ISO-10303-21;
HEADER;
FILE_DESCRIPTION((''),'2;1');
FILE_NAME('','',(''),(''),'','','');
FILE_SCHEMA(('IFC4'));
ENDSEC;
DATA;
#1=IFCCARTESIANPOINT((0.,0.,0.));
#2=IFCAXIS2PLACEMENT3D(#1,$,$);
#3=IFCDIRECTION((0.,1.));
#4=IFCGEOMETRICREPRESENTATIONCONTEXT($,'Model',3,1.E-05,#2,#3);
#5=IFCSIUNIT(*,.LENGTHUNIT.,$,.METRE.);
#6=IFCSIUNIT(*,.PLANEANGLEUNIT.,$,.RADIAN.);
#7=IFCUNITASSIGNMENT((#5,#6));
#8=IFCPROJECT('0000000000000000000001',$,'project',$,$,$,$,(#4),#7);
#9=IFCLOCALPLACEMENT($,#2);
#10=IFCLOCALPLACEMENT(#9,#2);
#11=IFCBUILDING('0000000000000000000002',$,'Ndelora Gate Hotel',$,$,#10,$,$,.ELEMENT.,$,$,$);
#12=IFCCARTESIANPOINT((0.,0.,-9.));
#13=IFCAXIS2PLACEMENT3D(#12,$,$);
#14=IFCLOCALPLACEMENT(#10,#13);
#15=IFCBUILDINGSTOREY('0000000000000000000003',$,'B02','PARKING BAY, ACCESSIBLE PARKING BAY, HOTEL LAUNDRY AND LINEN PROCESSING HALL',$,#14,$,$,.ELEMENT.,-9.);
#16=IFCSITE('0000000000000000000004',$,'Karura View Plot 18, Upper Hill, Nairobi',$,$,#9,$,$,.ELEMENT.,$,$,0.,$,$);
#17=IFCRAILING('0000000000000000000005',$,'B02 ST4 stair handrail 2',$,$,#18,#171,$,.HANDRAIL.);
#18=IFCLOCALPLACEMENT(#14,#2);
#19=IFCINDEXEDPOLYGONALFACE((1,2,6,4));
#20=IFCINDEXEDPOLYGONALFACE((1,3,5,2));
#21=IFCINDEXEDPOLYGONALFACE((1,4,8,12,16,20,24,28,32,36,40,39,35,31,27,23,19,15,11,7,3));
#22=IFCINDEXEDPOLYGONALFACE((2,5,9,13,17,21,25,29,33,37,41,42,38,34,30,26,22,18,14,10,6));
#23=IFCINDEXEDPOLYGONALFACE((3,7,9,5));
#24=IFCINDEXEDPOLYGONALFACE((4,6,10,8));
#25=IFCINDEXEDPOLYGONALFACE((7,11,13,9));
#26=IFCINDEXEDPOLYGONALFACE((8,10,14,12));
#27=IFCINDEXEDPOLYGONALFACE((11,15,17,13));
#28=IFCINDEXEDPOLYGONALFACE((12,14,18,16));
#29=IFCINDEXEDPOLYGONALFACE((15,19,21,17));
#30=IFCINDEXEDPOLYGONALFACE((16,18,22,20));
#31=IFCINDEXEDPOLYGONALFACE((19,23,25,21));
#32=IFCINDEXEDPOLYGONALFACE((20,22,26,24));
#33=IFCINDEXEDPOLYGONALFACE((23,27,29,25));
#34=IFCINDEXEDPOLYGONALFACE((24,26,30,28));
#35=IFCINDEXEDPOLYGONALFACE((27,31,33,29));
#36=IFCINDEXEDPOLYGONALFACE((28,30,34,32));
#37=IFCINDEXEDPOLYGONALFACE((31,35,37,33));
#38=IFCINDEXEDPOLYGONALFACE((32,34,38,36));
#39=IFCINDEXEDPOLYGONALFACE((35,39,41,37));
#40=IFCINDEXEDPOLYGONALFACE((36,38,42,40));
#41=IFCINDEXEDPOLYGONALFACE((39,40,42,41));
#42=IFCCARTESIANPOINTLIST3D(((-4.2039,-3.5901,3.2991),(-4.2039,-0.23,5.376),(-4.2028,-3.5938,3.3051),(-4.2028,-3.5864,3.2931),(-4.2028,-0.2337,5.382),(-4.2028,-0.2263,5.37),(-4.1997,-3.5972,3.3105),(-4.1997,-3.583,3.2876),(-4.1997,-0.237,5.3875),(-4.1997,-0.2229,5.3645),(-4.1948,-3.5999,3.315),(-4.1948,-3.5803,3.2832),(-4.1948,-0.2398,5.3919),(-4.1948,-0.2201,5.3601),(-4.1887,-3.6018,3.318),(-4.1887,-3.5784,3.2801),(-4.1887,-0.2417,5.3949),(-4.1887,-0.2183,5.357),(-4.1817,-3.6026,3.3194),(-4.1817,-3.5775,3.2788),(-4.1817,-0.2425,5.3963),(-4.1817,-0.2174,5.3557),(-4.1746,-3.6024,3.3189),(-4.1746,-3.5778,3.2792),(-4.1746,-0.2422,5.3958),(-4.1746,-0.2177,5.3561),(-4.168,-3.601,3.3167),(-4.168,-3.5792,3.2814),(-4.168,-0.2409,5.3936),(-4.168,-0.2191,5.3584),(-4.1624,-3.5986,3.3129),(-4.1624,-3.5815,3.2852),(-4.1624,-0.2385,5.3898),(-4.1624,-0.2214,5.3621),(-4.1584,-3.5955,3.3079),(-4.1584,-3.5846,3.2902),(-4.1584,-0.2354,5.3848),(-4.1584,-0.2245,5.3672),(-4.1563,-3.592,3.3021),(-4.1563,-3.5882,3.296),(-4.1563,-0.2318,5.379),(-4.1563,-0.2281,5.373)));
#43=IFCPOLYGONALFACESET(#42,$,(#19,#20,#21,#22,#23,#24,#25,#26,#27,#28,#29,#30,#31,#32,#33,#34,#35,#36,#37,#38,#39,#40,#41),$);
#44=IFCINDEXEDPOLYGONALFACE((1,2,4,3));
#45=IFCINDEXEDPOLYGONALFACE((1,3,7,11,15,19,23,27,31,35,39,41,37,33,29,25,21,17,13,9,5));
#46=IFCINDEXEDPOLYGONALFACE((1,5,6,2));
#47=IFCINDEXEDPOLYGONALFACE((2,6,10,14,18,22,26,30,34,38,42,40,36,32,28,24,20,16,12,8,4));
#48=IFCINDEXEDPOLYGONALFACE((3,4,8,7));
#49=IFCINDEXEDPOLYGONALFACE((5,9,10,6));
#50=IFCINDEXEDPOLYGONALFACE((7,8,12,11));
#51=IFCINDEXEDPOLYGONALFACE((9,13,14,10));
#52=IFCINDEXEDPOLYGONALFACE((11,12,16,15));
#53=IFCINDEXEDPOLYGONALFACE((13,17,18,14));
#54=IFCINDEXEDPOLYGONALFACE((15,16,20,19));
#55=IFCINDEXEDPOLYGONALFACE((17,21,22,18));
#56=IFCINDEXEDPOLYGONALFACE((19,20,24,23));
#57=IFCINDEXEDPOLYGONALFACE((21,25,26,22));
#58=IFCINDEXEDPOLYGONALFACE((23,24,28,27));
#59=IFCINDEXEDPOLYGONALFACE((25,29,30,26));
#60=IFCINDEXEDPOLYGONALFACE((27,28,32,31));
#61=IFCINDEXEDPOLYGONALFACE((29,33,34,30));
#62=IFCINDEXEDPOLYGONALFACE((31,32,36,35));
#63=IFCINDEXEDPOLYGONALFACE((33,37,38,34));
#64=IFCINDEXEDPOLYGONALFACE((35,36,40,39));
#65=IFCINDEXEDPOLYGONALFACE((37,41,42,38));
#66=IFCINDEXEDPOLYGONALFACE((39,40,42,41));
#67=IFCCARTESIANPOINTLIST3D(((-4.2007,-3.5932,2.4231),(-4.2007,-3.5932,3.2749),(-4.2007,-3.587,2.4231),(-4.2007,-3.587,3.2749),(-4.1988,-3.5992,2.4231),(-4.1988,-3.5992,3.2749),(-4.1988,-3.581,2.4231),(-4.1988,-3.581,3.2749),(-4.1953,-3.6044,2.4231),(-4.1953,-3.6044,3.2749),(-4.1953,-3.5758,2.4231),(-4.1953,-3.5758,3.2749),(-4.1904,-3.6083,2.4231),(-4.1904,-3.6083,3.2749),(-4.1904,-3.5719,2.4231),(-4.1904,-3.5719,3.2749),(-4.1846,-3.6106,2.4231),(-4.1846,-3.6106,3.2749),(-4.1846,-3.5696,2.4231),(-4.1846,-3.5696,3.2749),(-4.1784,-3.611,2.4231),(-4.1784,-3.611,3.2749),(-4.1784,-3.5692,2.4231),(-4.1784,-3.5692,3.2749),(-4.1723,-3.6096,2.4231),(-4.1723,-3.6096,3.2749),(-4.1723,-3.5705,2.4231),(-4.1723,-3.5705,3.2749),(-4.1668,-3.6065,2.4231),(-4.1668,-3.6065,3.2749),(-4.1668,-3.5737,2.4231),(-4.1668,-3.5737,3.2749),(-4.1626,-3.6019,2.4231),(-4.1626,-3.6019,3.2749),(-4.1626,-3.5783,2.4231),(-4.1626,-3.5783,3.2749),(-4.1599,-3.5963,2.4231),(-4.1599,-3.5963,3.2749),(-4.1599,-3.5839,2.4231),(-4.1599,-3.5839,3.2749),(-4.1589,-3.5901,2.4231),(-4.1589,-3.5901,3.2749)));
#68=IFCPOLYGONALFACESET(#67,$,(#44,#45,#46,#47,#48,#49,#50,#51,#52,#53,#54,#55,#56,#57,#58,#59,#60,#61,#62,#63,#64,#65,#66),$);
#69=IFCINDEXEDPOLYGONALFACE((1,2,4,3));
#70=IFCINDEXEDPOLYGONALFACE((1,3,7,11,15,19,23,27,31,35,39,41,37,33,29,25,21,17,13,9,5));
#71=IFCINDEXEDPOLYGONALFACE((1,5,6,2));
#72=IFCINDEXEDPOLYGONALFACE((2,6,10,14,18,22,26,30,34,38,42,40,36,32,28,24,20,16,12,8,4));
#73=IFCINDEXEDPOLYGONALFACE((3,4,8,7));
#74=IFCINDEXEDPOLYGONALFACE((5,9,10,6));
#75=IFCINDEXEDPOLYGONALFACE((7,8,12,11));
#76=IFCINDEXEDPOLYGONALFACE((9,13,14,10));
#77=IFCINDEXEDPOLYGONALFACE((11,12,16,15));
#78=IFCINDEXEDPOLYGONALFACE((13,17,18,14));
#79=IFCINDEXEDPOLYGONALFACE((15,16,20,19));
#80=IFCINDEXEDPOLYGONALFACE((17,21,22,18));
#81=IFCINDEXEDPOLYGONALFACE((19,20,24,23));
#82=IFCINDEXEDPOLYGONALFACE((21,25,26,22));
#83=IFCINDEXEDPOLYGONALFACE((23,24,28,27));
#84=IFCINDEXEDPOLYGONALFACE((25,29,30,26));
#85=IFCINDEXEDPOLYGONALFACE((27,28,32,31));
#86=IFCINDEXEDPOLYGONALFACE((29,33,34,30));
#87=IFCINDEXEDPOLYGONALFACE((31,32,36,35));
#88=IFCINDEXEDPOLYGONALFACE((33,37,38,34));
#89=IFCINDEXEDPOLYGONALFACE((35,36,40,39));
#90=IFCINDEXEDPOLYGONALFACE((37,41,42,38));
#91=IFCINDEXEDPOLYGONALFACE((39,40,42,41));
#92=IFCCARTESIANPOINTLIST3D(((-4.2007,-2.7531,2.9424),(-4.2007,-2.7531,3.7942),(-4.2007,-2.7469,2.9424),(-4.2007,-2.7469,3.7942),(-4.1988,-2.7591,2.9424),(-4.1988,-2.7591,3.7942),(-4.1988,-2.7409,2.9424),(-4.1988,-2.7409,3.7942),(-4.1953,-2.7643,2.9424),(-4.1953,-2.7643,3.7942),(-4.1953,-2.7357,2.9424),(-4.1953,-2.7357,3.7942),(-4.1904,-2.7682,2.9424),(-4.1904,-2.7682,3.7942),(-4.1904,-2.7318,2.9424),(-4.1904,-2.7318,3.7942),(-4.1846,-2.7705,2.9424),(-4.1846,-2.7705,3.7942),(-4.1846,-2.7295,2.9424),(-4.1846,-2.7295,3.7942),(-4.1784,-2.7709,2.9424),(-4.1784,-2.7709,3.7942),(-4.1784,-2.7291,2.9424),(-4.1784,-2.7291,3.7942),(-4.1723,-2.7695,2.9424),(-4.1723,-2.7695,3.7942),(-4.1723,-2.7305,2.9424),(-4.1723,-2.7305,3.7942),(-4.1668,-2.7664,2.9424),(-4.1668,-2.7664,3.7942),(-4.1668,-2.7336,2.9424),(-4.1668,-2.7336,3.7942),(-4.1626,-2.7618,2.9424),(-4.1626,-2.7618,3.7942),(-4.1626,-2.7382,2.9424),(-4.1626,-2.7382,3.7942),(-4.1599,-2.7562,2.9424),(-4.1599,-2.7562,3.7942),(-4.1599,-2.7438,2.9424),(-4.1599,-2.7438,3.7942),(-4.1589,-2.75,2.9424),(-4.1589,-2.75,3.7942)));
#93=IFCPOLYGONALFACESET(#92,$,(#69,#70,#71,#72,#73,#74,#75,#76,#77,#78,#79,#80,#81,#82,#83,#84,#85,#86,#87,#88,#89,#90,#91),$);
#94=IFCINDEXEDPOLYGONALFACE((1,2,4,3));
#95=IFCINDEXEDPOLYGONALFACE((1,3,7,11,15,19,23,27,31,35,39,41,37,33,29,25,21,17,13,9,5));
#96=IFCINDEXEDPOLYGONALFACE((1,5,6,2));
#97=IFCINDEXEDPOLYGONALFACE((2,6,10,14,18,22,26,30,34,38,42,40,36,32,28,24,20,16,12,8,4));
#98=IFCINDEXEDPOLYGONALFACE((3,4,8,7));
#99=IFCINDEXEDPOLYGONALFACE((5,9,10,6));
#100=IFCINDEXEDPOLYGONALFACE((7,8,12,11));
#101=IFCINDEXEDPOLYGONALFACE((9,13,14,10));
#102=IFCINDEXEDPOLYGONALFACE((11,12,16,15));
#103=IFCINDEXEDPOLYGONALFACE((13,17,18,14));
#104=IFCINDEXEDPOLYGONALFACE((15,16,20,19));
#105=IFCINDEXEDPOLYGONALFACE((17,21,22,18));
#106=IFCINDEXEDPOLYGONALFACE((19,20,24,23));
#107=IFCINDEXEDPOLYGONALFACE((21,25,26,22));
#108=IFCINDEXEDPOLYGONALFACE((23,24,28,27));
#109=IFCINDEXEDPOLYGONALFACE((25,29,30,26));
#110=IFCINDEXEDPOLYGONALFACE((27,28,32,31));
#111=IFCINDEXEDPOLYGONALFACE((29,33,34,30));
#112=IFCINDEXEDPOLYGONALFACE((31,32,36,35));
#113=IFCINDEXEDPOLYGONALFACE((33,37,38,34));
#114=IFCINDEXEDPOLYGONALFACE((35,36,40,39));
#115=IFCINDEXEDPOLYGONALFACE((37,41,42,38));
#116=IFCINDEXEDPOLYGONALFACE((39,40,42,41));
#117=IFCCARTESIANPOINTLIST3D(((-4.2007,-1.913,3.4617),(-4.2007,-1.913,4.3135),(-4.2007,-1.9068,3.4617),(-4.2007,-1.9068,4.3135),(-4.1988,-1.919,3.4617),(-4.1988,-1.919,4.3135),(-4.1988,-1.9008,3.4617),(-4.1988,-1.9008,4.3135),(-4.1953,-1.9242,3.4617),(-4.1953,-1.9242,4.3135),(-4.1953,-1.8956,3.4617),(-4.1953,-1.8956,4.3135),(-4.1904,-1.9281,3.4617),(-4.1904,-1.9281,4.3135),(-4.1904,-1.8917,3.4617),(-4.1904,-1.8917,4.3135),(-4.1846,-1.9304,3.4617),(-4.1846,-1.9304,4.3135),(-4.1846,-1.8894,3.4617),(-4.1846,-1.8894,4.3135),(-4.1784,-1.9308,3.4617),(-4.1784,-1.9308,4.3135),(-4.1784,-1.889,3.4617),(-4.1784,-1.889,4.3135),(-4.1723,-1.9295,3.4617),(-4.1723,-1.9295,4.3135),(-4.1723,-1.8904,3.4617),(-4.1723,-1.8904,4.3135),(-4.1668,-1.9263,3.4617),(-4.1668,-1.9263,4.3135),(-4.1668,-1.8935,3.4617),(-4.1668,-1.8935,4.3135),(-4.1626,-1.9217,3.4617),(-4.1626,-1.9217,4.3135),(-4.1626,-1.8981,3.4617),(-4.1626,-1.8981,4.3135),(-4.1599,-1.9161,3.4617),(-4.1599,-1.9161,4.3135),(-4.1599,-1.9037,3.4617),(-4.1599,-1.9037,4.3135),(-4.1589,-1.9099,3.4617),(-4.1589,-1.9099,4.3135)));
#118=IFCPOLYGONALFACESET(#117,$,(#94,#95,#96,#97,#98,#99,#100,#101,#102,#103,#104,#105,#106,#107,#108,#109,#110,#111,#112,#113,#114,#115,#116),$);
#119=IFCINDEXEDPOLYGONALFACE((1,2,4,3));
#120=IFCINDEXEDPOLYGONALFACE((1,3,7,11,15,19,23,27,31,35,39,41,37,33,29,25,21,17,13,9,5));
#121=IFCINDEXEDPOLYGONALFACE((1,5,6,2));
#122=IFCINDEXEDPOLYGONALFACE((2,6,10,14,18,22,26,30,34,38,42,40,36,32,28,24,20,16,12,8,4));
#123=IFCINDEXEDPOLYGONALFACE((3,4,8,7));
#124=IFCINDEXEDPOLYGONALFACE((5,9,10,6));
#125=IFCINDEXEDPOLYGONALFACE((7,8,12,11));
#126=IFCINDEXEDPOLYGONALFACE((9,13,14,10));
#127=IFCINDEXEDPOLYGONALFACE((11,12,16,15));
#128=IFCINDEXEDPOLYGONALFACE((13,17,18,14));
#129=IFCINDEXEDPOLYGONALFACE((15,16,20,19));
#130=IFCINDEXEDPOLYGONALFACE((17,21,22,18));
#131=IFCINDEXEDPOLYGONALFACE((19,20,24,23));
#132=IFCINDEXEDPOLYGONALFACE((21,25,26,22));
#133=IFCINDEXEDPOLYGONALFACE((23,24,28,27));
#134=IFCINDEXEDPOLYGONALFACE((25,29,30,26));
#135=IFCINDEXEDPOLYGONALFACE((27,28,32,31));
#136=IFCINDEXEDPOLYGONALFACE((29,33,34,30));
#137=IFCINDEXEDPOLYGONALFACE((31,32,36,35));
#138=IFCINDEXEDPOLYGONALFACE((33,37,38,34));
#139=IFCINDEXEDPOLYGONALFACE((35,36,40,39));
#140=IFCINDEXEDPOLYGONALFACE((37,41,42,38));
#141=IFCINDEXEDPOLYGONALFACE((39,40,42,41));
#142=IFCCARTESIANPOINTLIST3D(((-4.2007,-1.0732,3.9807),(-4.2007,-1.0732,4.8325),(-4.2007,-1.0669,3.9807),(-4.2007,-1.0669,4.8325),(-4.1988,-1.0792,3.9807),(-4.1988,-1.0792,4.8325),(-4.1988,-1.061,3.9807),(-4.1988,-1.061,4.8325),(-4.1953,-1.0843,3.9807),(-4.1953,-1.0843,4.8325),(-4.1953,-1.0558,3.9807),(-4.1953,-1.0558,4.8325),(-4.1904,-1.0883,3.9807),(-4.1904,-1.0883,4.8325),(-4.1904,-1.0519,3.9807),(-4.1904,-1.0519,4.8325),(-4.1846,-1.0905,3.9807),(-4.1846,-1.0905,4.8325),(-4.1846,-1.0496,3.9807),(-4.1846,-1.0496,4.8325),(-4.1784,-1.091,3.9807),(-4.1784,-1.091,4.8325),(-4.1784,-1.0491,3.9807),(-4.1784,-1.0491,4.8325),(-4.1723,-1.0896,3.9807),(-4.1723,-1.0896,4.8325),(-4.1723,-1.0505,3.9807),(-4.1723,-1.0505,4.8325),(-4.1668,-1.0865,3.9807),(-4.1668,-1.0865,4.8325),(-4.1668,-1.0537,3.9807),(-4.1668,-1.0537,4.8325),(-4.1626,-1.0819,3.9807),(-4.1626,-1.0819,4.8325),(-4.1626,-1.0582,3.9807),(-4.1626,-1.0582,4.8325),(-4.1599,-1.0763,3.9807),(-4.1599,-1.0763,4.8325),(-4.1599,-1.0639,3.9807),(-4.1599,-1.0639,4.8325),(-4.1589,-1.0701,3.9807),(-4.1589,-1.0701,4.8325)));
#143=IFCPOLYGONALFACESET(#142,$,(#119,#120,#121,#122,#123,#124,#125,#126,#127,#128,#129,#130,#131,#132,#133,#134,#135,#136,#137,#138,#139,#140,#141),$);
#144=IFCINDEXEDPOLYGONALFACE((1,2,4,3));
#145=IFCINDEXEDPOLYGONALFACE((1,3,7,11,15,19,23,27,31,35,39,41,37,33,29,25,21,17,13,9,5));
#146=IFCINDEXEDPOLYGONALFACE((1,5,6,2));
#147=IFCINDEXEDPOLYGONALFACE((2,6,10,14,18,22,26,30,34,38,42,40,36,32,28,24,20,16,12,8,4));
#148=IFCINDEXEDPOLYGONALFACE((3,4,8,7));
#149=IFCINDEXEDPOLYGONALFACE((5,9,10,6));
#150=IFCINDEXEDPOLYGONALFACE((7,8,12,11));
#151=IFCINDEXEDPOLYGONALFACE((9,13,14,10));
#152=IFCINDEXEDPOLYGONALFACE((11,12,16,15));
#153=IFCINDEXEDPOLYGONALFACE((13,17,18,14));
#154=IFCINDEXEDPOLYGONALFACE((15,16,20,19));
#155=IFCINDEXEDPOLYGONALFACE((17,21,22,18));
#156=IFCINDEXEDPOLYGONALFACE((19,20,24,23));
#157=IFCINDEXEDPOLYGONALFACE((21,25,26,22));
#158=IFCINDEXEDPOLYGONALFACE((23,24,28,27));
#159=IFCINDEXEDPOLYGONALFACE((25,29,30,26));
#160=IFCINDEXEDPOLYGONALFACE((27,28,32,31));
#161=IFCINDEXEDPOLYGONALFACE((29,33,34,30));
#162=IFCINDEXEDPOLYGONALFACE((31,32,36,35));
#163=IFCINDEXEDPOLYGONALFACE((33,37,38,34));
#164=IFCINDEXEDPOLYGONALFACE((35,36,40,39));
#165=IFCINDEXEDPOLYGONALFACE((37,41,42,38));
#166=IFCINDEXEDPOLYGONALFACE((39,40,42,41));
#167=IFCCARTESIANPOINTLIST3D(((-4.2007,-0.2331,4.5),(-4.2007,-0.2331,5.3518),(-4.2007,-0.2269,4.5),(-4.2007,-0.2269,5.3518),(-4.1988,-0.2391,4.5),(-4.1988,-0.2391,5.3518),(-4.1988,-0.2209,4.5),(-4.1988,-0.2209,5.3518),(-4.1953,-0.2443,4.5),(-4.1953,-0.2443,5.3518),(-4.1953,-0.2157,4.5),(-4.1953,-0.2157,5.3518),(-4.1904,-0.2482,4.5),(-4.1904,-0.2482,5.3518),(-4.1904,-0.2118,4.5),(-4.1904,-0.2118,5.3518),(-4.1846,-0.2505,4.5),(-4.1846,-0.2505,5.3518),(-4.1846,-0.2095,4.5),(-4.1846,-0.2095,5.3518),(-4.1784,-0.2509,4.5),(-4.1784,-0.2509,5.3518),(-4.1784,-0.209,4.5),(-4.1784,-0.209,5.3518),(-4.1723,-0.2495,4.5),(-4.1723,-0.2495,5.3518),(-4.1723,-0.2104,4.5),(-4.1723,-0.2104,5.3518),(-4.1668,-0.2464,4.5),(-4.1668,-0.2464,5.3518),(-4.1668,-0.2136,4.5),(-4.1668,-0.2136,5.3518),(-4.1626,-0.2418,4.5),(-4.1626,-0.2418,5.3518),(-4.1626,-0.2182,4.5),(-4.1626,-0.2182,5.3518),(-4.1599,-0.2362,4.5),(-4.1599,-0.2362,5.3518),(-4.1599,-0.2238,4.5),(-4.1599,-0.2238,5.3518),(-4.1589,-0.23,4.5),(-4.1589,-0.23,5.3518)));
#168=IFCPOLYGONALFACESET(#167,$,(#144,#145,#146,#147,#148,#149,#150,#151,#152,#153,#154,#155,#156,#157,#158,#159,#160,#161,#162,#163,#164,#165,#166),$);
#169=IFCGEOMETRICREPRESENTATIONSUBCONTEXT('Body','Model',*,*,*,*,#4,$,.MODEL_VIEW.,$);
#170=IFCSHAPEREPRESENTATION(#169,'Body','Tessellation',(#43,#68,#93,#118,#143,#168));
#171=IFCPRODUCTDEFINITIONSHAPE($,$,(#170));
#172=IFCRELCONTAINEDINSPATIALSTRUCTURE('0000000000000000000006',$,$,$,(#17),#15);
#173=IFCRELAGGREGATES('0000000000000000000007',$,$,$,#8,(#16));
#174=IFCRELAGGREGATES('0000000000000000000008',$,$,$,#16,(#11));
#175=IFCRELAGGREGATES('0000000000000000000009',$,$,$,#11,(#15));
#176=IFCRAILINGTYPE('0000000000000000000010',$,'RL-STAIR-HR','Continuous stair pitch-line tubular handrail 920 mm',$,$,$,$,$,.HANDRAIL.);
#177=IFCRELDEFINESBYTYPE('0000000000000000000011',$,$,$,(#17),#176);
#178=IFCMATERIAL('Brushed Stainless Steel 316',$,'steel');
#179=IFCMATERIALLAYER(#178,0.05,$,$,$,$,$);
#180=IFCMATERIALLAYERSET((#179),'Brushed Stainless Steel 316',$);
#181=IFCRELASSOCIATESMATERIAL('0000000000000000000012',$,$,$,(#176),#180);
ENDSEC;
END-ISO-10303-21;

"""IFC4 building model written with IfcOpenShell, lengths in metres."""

from ifc_helpers import new_model, si_unit, direction, frame, origin, origin_2d, place, context, subcontext, project, spatial, circle, extrude, material, layer, layer_set, type_object, element, save


model = new_model("IFC4")

# Units and contexts
model_context = context("Model", 3, precision=1e-05, world=origin(), true_north=direction((0.0, 1.0)))
body_context = subcontext(model_context, "Body", "Model", "MODEL_VIEW")
ifc_project = project(units=[si_unit("LENGTHUNIT", "METRE"), si_unit("PLANEANGLEUNIT", "RADIAN")], contexts=[model_context])

# Site, building, storey
site_placement = place(None, origin())
site = spatial("IfcSite", under=ifc_project, at=site_placement, Name="Karura View Plot 18, Upper Hill, Nairobi", CompositionType="ELEMENT", RefElevation=0.0)
building_placement = place(site_placement, origin())
building = spatial("IfcBuilding", under=site, at=building_placement, Name="Ndelora Gate Hotel", CompositionType="ELEMENT")
storey_placement = place(building_placement, frame((0.0, 0.0, -9.0)))
storey = spatial("IfcBuildingStorey", under=building, at=storey_placement, Name="B02", Description="PARKING BAY, ACCESSIBLE PARKING BAY, HOTEL LAUNDRY AND LINEN PROCESSING HALL", CompositionType="ELEMENT", Elevation=-9.0)

# Railing
ifc_material_1 = material(Name="Brushed Stainless Steel 316", Category="steel")
ifc_layer_1 = layer(ifc_material_1, 0.05)
ifc_layer_set_1 = layer_set([ifc_layer_1], Name="Brushed Stainless Steel 316")
railing_type_1 = type_object("IfcRailingType", Name="RL-STAIR-HR", Description="Continuous stair pitch-line tubular handrail 920 mm", PredefinedType="HANDRAIL", material=ifc_layer_set_1)
railing_1_placement = place(storey_placement, frame((-4.1799, -3.5901, 2.4231)))
element("IfcRailing", 1, at=railing_1_placement, inside=storey, type_object=railing_type_1, Name="B02 ST4 stair handrail 2", PredefinedType="HANDRAIL", context=body_context, shape_type="SweptSolid", body=[
    extrude(circle(Radius=0.0239, at=origin_2d()), frame((0.0, 0.0, 0.876), z_axis=(0.0, 0.850623, 0.525776), x_axis=(-1.0, 0.0, 0.0)), (0.0, 0.0, 1.0), 3.9502),
    extrude(circle(Radius=0.021, at=origin_2d()), origin(), (0.0, 0.0, 1.0), 0.8518),
    extrude(circle(Radius=0.021, at=origin_2d()), frame((0.0, 0.8401, 0.5193)), (0.0, 0.0, 1.0), 0.8518),
    extrude(circle(Radius=0.021, at=origin_2d()), frame((0.0, 1.6802, 1.0386)), (0.0, 0.0, 1.0), 0.8518),
    extrude(circle(Radius=0.021, at=origin_2d()), frame((0.0, 2.52, 1.5576)), (0.0, 0.0, 1.0), 0.8518),
    extrude(circle(Radius=0.021, at=origin_2d()), frame((0.0, 3.3601, 2.0769)), (0.0, 0.0, 1.0), 0.8518),
])

save(model, "model.ifc")
